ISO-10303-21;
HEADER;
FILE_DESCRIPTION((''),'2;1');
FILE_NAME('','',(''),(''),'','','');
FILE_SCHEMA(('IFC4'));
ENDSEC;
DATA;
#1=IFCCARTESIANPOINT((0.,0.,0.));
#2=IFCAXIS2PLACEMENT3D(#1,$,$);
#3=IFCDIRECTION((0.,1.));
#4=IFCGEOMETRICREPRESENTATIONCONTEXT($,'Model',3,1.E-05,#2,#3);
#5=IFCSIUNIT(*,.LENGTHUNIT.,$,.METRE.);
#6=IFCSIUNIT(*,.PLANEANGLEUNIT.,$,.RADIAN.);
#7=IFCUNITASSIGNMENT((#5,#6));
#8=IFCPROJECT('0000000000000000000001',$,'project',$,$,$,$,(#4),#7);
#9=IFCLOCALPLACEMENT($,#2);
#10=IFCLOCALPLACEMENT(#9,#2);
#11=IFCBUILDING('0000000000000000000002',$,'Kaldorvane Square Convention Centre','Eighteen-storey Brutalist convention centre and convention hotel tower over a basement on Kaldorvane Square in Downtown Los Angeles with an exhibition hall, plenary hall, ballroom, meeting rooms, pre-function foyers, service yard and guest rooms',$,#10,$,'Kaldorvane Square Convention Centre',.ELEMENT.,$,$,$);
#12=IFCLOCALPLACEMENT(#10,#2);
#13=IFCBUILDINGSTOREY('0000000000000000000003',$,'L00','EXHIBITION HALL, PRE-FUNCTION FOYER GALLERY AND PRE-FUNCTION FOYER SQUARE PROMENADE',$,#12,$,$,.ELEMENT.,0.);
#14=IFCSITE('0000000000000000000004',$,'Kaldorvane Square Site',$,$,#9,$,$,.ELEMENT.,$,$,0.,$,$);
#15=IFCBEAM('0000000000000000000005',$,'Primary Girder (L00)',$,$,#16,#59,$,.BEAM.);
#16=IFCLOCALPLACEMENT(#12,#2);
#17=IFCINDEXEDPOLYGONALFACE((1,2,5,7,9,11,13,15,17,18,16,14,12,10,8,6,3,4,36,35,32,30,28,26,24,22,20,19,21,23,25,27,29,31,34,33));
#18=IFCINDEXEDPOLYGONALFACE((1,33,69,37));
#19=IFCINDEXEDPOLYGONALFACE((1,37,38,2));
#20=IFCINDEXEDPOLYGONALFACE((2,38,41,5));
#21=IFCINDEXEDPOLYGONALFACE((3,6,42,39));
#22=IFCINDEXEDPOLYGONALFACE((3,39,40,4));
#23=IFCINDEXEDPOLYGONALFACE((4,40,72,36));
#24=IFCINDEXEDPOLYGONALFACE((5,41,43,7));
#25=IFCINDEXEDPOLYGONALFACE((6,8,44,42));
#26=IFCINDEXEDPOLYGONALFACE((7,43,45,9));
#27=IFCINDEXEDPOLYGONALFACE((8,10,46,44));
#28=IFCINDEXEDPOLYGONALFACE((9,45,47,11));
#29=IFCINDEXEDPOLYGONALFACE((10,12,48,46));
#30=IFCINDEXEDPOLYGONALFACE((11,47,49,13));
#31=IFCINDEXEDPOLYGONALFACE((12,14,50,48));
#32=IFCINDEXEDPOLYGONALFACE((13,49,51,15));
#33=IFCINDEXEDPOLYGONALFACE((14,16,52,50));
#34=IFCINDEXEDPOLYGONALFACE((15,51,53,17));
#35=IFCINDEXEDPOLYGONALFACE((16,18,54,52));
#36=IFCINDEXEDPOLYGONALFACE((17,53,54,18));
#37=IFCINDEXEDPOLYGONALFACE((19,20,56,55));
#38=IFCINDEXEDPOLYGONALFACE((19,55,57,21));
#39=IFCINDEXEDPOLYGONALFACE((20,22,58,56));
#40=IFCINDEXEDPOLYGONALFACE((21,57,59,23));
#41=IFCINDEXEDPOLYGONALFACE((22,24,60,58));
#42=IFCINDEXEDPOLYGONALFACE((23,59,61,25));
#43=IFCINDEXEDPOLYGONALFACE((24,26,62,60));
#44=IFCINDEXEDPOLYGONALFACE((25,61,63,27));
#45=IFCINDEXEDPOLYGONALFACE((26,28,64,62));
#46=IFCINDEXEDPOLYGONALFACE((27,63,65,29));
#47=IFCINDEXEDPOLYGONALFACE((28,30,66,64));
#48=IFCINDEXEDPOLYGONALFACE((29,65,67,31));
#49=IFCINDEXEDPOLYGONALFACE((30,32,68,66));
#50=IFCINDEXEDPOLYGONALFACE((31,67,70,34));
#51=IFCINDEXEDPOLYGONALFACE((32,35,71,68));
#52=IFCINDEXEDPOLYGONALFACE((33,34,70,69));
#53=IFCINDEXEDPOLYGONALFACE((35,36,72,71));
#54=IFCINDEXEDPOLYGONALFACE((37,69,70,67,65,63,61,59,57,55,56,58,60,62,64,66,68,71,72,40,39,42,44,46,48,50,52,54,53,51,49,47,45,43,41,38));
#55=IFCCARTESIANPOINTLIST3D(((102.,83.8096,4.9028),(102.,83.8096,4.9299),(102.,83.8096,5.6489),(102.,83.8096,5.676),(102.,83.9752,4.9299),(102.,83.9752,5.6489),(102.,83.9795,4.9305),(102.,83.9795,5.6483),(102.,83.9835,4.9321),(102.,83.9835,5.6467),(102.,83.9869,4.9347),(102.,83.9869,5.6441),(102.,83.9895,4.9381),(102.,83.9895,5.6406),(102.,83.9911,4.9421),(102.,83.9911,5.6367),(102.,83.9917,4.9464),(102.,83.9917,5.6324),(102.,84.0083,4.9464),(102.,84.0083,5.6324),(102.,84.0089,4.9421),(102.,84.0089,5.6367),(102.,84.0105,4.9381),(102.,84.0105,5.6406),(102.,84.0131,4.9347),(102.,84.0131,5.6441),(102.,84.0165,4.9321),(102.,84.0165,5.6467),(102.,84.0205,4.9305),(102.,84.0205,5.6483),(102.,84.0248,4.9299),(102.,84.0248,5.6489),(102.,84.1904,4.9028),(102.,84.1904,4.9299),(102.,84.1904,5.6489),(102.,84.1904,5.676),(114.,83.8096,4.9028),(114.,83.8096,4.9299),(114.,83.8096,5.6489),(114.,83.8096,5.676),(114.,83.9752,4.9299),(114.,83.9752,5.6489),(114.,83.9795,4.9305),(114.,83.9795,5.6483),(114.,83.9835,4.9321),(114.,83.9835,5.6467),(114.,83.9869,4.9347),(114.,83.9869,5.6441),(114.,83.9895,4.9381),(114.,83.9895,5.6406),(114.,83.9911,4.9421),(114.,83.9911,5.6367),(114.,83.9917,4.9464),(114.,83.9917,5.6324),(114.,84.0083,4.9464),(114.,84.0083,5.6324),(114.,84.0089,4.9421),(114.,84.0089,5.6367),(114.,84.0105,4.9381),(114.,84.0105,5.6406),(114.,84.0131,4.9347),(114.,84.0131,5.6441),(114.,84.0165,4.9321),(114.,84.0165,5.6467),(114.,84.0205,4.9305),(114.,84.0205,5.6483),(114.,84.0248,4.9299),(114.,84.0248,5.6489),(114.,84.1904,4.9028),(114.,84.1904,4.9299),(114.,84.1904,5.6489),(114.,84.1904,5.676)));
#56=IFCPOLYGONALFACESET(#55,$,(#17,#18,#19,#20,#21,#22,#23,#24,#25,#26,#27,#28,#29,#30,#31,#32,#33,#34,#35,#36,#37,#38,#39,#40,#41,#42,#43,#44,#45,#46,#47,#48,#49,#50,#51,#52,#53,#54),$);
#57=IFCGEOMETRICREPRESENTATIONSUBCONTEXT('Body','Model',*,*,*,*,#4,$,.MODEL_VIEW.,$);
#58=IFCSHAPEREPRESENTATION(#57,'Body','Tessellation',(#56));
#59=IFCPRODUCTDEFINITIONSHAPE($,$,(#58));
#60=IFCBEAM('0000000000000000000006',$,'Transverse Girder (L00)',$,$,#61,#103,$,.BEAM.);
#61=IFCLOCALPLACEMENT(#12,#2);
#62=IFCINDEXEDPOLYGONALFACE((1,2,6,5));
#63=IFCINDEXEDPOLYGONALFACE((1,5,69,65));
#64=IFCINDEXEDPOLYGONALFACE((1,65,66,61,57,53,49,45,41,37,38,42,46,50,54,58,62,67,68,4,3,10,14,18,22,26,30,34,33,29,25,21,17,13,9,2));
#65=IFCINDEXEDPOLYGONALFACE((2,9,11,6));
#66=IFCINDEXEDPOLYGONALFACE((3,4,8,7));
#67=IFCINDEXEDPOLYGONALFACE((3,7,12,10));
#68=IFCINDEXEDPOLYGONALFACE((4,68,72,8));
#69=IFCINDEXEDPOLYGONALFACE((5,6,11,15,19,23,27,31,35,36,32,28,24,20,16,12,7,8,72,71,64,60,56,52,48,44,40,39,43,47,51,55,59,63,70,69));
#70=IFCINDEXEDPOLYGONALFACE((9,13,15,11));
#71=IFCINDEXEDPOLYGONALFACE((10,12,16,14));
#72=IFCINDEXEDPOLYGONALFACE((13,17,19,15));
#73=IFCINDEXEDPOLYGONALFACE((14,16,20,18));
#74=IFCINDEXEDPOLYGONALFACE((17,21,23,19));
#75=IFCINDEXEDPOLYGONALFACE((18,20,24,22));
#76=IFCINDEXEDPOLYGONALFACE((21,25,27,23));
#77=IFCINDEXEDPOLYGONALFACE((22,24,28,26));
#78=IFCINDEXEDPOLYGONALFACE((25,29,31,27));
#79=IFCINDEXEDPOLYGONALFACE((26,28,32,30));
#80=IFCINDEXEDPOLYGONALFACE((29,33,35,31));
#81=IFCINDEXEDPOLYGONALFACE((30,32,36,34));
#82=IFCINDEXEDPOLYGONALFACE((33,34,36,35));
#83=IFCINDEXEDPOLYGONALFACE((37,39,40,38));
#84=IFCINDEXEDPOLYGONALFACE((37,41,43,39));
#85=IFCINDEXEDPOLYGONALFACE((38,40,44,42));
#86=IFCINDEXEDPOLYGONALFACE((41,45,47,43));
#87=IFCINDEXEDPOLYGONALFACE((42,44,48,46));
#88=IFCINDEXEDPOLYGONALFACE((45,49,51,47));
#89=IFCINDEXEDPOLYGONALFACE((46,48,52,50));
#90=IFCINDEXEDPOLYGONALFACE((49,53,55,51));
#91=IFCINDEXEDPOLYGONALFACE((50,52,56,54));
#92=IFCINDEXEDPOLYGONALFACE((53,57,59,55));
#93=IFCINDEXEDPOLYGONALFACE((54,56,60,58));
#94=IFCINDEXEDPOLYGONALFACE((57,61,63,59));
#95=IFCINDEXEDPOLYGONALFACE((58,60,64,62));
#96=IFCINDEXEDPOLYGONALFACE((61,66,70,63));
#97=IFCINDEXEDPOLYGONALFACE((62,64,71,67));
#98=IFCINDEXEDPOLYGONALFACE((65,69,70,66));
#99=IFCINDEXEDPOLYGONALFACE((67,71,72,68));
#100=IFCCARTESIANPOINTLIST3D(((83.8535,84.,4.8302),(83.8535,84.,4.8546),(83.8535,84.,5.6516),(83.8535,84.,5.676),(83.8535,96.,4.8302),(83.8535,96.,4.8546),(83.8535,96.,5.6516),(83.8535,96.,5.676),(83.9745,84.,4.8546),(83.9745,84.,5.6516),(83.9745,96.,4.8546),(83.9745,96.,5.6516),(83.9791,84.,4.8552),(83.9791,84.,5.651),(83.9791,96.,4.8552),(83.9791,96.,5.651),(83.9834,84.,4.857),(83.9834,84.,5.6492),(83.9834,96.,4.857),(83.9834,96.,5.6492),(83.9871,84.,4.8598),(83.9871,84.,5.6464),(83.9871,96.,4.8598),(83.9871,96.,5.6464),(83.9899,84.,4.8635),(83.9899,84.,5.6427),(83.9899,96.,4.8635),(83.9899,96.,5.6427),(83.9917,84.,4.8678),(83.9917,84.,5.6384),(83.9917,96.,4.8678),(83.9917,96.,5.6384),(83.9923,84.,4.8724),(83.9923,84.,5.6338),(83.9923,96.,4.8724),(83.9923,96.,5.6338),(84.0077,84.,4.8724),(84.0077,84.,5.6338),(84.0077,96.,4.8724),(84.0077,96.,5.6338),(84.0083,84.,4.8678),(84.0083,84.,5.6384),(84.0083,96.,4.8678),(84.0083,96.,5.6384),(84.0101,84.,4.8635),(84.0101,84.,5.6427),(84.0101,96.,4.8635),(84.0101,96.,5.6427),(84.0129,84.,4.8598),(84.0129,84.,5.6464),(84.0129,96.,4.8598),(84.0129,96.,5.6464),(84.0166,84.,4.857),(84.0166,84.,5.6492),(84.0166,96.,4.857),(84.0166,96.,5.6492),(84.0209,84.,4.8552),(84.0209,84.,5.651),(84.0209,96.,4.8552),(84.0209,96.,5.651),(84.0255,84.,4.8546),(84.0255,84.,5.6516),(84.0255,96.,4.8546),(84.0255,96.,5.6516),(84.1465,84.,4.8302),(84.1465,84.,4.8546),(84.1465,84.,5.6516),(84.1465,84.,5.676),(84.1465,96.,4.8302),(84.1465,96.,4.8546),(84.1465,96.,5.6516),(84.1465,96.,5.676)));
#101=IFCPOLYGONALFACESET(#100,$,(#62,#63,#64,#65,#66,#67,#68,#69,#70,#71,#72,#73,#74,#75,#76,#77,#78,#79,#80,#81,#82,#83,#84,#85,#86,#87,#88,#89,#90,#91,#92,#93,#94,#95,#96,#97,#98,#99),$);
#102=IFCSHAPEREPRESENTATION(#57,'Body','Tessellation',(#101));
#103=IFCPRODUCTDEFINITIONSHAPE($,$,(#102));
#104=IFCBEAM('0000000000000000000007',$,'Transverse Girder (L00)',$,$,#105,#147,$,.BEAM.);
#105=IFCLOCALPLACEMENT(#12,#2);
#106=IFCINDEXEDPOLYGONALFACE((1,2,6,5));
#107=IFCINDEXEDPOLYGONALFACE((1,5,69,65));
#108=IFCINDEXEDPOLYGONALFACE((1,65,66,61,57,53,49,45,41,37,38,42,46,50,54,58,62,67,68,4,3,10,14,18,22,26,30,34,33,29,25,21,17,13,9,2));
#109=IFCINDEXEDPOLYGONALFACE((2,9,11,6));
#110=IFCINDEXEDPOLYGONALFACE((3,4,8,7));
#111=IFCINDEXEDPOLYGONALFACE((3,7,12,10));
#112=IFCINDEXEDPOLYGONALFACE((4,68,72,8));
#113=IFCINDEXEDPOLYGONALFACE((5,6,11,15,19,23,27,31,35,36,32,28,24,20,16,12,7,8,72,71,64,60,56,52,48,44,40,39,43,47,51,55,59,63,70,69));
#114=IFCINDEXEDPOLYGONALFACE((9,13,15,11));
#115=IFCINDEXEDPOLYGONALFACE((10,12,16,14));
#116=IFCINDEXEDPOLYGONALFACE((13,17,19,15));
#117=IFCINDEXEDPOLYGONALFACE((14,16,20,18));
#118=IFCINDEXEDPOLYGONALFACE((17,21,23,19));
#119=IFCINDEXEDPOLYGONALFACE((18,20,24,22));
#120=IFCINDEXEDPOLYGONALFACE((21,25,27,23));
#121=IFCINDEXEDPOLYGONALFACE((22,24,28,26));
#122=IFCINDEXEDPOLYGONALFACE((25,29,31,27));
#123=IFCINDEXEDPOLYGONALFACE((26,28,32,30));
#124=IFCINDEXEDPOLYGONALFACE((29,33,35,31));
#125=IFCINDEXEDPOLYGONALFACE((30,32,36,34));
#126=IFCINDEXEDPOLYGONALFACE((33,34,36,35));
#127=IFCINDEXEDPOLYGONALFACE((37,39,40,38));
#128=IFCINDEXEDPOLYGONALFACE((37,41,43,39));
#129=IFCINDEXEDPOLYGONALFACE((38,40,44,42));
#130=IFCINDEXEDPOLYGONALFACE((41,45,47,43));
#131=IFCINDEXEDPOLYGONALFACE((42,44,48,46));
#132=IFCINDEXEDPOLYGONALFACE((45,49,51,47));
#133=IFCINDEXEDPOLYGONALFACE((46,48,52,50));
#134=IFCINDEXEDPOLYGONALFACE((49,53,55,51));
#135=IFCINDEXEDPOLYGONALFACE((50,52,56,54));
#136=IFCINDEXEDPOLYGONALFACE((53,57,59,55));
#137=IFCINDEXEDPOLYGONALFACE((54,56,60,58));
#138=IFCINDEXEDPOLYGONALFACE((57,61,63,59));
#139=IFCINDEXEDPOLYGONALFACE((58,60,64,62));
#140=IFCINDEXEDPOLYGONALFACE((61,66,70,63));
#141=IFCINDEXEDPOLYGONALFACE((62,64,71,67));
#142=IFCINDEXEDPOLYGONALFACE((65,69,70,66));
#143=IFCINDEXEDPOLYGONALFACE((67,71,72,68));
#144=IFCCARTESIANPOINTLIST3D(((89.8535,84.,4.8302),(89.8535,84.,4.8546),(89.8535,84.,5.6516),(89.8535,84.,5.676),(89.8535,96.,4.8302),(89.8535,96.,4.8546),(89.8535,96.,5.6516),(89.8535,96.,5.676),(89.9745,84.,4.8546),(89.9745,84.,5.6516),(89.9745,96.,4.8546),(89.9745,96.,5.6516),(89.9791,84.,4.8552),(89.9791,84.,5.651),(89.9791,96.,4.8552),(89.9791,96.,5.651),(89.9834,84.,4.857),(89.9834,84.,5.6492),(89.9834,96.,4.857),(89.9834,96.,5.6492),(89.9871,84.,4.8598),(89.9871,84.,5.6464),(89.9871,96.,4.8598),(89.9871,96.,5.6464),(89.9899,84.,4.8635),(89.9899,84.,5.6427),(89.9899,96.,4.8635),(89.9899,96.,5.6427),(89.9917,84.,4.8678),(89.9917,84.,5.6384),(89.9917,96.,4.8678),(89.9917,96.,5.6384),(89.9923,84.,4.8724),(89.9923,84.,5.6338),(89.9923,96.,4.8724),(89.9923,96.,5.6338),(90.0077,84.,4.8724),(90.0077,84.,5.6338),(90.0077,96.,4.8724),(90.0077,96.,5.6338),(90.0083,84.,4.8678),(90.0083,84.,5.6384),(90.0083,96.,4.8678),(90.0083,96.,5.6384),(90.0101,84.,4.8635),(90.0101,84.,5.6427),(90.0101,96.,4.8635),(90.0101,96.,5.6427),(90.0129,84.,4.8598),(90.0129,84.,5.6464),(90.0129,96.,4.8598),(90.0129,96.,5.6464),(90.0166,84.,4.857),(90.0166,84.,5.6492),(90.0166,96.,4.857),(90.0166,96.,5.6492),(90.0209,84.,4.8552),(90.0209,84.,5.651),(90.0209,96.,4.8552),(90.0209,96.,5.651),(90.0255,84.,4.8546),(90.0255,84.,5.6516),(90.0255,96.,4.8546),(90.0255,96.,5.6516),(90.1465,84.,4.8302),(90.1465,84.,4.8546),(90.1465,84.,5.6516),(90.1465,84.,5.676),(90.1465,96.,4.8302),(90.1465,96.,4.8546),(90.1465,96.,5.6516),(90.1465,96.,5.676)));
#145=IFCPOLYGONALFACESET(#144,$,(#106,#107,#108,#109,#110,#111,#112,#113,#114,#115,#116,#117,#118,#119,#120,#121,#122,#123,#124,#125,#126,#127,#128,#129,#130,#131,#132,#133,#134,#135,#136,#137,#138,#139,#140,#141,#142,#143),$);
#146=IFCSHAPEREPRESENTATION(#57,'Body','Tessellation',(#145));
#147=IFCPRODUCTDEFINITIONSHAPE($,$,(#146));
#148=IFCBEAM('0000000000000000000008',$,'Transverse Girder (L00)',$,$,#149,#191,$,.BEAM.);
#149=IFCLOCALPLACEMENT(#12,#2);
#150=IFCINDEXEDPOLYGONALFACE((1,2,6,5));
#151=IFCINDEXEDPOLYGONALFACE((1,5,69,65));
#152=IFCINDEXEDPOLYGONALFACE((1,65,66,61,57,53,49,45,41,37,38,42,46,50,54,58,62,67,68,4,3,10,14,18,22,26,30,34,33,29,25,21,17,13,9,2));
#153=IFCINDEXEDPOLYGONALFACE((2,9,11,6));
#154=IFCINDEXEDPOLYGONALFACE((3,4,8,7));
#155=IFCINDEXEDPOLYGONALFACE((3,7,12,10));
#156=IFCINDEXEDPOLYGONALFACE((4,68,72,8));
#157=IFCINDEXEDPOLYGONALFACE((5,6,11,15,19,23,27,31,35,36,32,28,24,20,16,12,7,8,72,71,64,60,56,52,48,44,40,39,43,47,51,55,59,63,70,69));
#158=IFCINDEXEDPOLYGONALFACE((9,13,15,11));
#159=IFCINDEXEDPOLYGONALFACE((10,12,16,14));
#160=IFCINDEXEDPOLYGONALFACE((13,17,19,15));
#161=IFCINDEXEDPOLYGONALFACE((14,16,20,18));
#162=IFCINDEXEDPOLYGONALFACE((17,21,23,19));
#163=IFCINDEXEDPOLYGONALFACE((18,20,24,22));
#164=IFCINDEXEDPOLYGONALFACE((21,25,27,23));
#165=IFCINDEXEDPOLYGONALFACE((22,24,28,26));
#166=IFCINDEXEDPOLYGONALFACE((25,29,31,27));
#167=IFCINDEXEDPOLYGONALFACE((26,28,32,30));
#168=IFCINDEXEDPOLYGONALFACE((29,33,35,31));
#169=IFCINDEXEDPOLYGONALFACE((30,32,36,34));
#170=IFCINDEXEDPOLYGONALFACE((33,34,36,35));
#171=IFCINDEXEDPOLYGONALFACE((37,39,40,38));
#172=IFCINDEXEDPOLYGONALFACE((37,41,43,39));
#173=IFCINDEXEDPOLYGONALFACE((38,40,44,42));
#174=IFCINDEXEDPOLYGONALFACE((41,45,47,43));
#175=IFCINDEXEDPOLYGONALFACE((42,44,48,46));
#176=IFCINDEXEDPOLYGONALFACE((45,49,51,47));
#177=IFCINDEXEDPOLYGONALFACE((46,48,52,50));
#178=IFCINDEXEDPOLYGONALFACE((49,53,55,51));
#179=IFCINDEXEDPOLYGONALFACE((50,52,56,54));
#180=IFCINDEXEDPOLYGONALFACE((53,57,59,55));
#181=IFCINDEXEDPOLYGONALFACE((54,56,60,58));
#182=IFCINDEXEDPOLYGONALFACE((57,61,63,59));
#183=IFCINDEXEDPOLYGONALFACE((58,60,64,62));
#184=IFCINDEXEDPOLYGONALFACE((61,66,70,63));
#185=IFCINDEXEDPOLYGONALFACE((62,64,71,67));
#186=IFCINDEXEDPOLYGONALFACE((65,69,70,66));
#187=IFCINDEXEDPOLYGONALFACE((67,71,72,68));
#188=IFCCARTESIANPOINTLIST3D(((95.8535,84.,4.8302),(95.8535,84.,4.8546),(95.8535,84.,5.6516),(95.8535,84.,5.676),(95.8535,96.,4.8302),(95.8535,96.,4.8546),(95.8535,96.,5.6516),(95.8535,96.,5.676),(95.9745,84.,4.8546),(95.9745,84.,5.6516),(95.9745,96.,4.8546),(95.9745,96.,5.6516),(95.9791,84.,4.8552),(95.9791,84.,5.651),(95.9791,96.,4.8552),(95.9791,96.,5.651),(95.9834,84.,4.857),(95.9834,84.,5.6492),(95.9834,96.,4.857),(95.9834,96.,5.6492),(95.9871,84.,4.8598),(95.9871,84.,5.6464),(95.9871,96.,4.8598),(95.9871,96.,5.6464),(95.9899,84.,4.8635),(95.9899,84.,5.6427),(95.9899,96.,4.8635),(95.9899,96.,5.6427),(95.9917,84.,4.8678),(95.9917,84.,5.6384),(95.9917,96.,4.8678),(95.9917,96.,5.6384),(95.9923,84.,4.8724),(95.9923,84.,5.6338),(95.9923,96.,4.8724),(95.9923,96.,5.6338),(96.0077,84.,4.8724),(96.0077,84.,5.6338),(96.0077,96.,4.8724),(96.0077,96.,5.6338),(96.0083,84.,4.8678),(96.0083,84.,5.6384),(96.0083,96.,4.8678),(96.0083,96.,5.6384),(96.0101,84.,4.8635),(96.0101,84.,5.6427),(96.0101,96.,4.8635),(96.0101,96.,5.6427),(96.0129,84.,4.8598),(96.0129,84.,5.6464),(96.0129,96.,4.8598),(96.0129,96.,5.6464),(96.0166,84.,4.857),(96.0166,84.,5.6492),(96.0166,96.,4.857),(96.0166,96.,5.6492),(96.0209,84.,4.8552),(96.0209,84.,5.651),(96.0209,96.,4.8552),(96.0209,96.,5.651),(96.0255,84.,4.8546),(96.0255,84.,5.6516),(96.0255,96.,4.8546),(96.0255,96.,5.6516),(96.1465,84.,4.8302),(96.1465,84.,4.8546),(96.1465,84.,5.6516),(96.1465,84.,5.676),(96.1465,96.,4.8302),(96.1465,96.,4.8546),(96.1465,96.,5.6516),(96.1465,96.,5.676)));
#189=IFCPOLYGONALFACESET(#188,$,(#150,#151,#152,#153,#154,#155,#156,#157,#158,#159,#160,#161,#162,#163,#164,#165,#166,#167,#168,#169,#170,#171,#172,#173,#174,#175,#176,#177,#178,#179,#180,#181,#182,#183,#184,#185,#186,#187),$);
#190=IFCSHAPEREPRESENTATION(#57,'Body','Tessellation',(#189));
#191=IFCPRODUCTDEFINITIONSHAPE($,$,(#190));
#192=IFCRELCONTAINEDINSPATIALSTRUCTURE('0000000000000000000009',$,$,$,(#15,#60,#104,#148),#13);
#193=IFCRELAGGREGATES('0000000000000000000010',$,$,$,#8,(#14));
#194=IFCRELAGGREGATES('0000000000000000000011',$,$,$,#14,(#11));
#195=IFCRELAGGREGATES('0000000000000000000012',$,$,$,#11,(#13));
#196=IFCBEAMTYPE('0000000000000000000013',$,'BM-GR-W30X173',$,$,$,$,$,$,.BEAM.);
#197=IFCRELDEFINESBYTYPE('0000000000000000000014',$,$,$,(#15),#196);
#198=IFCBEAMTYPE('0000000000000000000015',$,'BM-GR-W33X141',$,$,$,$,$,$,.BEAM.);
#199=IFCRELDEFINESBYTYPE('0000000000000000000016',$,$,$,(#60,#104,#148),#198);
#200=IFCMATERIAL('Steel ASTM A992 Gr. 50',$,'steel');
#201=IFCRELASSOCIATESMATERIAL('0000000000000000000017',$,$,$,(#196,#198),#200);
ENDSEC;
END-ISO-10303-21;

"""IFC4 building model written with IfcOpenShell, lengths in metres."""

from ifc_helpers import new_model, si_unit, direction, frame, origin, origin_2d, place, context, subcontext, project, spatial, i_section, extrude, material, material_profile, profile_set, type_object, element, save


model = new_model("IFC4")

# Units and contexts
model_context = context("Model", 3, precision=1e-05, world=origin(), true_north=direction((0.0, 1.0)))
body_context = subcontext(model_context, "Body", "Model", "MODEL_VIEW")
ifc_project = project(units=[si_unit("LENGTHUNIT", "METRE"), si_unit("PLANEANGLEUNIT", "RADIAN")], contexts=[model_context])

# Site, building, storey
site_placement = place(None, origin())
site = spatial("IfcSite", under=ifc_project, at=site_placement, Name="Kaldorvane Square Site", CompositionType="ELEMENT", RefElevation=0.0)
building_placement = place(site_placement, origin())
building = spatial("IfcBuilding", under=site, at=building_placement, Name="Kaldorvane Square Convention Centre", Description="Eighteen-storey Brutalist convention centre and convention hotel tower over a basement on Kaldorvane Square in Downtown Los Angeles with an exhibition hall, plenary hall, ballroom, meeting rooms, pre-function foyers, service yard and guest rooms", LongName="Kaldorvane Square Convention Centre", CompositionType="ELEMENT")
storey_placement = place(building_placement, origin())
storey = spatial("IfcBuildingStorey", under=building, at=storey_placement, Name="L00", Description="EXHIBITION HALL, PRE-FUNCTION FOYER GALLERY AND PRE-FUNCTION FOYER SQUARE PROMENADE", CompositionType="ELEMENT", Elevation=0.0)

# Shared definitions
ifc_material_1 = material(Name="Steel ASTM A992 Gr. 50", Category="steel")

# Beams
ifc_material_profile_1 = material_profile(ifc_material_1, i_section(OverallWidth=0.3807, OverallDepth=0.7732, WebThickness=0.0166, FlangeThickness=0.0271, FilletRadius=0.0165, at=origin_2d()), Name="W30X173")
ifc_profile_set_1 = profile_set([ifc_material_profile_1], Name="Steel ASTM A992 Gr. 50")
beam_type_1 = type_object("IfcBeamType", Name="BM-GR-W30X173", PredefinedType="BEAM", material=ifc_profile_set_1)
for number, where, z_axis, x_axis, name in (
    (1, (102.0, 84.0, 5.2894), (1.0, 0.0, 0.0), (0.0, 1.0, 0.0), "Primary Girder (L00)"),
):
    element("IfcBeam", number, at=place(storey_placement, frame(where, z_axis=z_axis, x_axis=x_axis)), inside=storey, type_object=beam_type_1, Name=name, PredefinedType="BEAM", context=body_context, shape_type="SweptSolid", body=[
        extrude(i_section(OverallWidth=0.3807, OverallDepth=0.7732, WebThickness=0.0166, FlangeThickness=0.0271, FilletRadius=0.0165, at=origin_2d()), origin(), (0.0, 0.0, 1.0), 12.0),
    ])
ifc_material_profile_2 = material_profile(ifc_material_1, i_section(OverallWidth=0.293, OverallDepth=0.8458, WebThickness=0.0154, FlangeThickness=0.0244, FilletRadius=0.0178, at=origin_2d()), Name="W33X141")
ifc_profile_set_2 = profile_set([ifc_material_profile_2], Name="Steel ASTM A992 Gr. 50")
beam_type_2 = type_object("IfcBeamType", Name="BM-GR-W33X141", PredefinedType="BEAM", material=ifc_profile_set_2)
for number, where, z_axis, x_axis, name in (
    (2, (84.0, 84.0, 5.2531), (0.0, 1.0, 0.0), (-1.0, 0.0, 0.0), "Transverse Girder (L00)"),
    (3, (90.0, 84.0, 5.2531), (0.0, 1.0, 0.0), (-1.0, 0.0, 0.0), "Transverse Girder (L00)"),
    (4, (96.0, 84.0, 5.2531), (0.0, 1.0, 0.0), (-1.0, 0.0, 0.0), "Transverse Girder (L00)"),
):
    element("IfcBeam", number, at=place(storey_placement, frame(where, z_axis=z_axis, x_axis=x_axis)), inside=storey, type_object=beam_type_2, Name=name, PredefinedType="BEAM", context=body_context, shape_type="SweptSolid", body=[
        extrude(i_section(OverallWidth=0.293, OverallDepth=0.8458, WebThickness=0.0154, FlangeThickness=0.0244, FilletRadius=0.0178, at=origin_2d()), origin(), (0.0, 0.0, 1.0), 12.0),
    ])

save(model, "model.ifc")
